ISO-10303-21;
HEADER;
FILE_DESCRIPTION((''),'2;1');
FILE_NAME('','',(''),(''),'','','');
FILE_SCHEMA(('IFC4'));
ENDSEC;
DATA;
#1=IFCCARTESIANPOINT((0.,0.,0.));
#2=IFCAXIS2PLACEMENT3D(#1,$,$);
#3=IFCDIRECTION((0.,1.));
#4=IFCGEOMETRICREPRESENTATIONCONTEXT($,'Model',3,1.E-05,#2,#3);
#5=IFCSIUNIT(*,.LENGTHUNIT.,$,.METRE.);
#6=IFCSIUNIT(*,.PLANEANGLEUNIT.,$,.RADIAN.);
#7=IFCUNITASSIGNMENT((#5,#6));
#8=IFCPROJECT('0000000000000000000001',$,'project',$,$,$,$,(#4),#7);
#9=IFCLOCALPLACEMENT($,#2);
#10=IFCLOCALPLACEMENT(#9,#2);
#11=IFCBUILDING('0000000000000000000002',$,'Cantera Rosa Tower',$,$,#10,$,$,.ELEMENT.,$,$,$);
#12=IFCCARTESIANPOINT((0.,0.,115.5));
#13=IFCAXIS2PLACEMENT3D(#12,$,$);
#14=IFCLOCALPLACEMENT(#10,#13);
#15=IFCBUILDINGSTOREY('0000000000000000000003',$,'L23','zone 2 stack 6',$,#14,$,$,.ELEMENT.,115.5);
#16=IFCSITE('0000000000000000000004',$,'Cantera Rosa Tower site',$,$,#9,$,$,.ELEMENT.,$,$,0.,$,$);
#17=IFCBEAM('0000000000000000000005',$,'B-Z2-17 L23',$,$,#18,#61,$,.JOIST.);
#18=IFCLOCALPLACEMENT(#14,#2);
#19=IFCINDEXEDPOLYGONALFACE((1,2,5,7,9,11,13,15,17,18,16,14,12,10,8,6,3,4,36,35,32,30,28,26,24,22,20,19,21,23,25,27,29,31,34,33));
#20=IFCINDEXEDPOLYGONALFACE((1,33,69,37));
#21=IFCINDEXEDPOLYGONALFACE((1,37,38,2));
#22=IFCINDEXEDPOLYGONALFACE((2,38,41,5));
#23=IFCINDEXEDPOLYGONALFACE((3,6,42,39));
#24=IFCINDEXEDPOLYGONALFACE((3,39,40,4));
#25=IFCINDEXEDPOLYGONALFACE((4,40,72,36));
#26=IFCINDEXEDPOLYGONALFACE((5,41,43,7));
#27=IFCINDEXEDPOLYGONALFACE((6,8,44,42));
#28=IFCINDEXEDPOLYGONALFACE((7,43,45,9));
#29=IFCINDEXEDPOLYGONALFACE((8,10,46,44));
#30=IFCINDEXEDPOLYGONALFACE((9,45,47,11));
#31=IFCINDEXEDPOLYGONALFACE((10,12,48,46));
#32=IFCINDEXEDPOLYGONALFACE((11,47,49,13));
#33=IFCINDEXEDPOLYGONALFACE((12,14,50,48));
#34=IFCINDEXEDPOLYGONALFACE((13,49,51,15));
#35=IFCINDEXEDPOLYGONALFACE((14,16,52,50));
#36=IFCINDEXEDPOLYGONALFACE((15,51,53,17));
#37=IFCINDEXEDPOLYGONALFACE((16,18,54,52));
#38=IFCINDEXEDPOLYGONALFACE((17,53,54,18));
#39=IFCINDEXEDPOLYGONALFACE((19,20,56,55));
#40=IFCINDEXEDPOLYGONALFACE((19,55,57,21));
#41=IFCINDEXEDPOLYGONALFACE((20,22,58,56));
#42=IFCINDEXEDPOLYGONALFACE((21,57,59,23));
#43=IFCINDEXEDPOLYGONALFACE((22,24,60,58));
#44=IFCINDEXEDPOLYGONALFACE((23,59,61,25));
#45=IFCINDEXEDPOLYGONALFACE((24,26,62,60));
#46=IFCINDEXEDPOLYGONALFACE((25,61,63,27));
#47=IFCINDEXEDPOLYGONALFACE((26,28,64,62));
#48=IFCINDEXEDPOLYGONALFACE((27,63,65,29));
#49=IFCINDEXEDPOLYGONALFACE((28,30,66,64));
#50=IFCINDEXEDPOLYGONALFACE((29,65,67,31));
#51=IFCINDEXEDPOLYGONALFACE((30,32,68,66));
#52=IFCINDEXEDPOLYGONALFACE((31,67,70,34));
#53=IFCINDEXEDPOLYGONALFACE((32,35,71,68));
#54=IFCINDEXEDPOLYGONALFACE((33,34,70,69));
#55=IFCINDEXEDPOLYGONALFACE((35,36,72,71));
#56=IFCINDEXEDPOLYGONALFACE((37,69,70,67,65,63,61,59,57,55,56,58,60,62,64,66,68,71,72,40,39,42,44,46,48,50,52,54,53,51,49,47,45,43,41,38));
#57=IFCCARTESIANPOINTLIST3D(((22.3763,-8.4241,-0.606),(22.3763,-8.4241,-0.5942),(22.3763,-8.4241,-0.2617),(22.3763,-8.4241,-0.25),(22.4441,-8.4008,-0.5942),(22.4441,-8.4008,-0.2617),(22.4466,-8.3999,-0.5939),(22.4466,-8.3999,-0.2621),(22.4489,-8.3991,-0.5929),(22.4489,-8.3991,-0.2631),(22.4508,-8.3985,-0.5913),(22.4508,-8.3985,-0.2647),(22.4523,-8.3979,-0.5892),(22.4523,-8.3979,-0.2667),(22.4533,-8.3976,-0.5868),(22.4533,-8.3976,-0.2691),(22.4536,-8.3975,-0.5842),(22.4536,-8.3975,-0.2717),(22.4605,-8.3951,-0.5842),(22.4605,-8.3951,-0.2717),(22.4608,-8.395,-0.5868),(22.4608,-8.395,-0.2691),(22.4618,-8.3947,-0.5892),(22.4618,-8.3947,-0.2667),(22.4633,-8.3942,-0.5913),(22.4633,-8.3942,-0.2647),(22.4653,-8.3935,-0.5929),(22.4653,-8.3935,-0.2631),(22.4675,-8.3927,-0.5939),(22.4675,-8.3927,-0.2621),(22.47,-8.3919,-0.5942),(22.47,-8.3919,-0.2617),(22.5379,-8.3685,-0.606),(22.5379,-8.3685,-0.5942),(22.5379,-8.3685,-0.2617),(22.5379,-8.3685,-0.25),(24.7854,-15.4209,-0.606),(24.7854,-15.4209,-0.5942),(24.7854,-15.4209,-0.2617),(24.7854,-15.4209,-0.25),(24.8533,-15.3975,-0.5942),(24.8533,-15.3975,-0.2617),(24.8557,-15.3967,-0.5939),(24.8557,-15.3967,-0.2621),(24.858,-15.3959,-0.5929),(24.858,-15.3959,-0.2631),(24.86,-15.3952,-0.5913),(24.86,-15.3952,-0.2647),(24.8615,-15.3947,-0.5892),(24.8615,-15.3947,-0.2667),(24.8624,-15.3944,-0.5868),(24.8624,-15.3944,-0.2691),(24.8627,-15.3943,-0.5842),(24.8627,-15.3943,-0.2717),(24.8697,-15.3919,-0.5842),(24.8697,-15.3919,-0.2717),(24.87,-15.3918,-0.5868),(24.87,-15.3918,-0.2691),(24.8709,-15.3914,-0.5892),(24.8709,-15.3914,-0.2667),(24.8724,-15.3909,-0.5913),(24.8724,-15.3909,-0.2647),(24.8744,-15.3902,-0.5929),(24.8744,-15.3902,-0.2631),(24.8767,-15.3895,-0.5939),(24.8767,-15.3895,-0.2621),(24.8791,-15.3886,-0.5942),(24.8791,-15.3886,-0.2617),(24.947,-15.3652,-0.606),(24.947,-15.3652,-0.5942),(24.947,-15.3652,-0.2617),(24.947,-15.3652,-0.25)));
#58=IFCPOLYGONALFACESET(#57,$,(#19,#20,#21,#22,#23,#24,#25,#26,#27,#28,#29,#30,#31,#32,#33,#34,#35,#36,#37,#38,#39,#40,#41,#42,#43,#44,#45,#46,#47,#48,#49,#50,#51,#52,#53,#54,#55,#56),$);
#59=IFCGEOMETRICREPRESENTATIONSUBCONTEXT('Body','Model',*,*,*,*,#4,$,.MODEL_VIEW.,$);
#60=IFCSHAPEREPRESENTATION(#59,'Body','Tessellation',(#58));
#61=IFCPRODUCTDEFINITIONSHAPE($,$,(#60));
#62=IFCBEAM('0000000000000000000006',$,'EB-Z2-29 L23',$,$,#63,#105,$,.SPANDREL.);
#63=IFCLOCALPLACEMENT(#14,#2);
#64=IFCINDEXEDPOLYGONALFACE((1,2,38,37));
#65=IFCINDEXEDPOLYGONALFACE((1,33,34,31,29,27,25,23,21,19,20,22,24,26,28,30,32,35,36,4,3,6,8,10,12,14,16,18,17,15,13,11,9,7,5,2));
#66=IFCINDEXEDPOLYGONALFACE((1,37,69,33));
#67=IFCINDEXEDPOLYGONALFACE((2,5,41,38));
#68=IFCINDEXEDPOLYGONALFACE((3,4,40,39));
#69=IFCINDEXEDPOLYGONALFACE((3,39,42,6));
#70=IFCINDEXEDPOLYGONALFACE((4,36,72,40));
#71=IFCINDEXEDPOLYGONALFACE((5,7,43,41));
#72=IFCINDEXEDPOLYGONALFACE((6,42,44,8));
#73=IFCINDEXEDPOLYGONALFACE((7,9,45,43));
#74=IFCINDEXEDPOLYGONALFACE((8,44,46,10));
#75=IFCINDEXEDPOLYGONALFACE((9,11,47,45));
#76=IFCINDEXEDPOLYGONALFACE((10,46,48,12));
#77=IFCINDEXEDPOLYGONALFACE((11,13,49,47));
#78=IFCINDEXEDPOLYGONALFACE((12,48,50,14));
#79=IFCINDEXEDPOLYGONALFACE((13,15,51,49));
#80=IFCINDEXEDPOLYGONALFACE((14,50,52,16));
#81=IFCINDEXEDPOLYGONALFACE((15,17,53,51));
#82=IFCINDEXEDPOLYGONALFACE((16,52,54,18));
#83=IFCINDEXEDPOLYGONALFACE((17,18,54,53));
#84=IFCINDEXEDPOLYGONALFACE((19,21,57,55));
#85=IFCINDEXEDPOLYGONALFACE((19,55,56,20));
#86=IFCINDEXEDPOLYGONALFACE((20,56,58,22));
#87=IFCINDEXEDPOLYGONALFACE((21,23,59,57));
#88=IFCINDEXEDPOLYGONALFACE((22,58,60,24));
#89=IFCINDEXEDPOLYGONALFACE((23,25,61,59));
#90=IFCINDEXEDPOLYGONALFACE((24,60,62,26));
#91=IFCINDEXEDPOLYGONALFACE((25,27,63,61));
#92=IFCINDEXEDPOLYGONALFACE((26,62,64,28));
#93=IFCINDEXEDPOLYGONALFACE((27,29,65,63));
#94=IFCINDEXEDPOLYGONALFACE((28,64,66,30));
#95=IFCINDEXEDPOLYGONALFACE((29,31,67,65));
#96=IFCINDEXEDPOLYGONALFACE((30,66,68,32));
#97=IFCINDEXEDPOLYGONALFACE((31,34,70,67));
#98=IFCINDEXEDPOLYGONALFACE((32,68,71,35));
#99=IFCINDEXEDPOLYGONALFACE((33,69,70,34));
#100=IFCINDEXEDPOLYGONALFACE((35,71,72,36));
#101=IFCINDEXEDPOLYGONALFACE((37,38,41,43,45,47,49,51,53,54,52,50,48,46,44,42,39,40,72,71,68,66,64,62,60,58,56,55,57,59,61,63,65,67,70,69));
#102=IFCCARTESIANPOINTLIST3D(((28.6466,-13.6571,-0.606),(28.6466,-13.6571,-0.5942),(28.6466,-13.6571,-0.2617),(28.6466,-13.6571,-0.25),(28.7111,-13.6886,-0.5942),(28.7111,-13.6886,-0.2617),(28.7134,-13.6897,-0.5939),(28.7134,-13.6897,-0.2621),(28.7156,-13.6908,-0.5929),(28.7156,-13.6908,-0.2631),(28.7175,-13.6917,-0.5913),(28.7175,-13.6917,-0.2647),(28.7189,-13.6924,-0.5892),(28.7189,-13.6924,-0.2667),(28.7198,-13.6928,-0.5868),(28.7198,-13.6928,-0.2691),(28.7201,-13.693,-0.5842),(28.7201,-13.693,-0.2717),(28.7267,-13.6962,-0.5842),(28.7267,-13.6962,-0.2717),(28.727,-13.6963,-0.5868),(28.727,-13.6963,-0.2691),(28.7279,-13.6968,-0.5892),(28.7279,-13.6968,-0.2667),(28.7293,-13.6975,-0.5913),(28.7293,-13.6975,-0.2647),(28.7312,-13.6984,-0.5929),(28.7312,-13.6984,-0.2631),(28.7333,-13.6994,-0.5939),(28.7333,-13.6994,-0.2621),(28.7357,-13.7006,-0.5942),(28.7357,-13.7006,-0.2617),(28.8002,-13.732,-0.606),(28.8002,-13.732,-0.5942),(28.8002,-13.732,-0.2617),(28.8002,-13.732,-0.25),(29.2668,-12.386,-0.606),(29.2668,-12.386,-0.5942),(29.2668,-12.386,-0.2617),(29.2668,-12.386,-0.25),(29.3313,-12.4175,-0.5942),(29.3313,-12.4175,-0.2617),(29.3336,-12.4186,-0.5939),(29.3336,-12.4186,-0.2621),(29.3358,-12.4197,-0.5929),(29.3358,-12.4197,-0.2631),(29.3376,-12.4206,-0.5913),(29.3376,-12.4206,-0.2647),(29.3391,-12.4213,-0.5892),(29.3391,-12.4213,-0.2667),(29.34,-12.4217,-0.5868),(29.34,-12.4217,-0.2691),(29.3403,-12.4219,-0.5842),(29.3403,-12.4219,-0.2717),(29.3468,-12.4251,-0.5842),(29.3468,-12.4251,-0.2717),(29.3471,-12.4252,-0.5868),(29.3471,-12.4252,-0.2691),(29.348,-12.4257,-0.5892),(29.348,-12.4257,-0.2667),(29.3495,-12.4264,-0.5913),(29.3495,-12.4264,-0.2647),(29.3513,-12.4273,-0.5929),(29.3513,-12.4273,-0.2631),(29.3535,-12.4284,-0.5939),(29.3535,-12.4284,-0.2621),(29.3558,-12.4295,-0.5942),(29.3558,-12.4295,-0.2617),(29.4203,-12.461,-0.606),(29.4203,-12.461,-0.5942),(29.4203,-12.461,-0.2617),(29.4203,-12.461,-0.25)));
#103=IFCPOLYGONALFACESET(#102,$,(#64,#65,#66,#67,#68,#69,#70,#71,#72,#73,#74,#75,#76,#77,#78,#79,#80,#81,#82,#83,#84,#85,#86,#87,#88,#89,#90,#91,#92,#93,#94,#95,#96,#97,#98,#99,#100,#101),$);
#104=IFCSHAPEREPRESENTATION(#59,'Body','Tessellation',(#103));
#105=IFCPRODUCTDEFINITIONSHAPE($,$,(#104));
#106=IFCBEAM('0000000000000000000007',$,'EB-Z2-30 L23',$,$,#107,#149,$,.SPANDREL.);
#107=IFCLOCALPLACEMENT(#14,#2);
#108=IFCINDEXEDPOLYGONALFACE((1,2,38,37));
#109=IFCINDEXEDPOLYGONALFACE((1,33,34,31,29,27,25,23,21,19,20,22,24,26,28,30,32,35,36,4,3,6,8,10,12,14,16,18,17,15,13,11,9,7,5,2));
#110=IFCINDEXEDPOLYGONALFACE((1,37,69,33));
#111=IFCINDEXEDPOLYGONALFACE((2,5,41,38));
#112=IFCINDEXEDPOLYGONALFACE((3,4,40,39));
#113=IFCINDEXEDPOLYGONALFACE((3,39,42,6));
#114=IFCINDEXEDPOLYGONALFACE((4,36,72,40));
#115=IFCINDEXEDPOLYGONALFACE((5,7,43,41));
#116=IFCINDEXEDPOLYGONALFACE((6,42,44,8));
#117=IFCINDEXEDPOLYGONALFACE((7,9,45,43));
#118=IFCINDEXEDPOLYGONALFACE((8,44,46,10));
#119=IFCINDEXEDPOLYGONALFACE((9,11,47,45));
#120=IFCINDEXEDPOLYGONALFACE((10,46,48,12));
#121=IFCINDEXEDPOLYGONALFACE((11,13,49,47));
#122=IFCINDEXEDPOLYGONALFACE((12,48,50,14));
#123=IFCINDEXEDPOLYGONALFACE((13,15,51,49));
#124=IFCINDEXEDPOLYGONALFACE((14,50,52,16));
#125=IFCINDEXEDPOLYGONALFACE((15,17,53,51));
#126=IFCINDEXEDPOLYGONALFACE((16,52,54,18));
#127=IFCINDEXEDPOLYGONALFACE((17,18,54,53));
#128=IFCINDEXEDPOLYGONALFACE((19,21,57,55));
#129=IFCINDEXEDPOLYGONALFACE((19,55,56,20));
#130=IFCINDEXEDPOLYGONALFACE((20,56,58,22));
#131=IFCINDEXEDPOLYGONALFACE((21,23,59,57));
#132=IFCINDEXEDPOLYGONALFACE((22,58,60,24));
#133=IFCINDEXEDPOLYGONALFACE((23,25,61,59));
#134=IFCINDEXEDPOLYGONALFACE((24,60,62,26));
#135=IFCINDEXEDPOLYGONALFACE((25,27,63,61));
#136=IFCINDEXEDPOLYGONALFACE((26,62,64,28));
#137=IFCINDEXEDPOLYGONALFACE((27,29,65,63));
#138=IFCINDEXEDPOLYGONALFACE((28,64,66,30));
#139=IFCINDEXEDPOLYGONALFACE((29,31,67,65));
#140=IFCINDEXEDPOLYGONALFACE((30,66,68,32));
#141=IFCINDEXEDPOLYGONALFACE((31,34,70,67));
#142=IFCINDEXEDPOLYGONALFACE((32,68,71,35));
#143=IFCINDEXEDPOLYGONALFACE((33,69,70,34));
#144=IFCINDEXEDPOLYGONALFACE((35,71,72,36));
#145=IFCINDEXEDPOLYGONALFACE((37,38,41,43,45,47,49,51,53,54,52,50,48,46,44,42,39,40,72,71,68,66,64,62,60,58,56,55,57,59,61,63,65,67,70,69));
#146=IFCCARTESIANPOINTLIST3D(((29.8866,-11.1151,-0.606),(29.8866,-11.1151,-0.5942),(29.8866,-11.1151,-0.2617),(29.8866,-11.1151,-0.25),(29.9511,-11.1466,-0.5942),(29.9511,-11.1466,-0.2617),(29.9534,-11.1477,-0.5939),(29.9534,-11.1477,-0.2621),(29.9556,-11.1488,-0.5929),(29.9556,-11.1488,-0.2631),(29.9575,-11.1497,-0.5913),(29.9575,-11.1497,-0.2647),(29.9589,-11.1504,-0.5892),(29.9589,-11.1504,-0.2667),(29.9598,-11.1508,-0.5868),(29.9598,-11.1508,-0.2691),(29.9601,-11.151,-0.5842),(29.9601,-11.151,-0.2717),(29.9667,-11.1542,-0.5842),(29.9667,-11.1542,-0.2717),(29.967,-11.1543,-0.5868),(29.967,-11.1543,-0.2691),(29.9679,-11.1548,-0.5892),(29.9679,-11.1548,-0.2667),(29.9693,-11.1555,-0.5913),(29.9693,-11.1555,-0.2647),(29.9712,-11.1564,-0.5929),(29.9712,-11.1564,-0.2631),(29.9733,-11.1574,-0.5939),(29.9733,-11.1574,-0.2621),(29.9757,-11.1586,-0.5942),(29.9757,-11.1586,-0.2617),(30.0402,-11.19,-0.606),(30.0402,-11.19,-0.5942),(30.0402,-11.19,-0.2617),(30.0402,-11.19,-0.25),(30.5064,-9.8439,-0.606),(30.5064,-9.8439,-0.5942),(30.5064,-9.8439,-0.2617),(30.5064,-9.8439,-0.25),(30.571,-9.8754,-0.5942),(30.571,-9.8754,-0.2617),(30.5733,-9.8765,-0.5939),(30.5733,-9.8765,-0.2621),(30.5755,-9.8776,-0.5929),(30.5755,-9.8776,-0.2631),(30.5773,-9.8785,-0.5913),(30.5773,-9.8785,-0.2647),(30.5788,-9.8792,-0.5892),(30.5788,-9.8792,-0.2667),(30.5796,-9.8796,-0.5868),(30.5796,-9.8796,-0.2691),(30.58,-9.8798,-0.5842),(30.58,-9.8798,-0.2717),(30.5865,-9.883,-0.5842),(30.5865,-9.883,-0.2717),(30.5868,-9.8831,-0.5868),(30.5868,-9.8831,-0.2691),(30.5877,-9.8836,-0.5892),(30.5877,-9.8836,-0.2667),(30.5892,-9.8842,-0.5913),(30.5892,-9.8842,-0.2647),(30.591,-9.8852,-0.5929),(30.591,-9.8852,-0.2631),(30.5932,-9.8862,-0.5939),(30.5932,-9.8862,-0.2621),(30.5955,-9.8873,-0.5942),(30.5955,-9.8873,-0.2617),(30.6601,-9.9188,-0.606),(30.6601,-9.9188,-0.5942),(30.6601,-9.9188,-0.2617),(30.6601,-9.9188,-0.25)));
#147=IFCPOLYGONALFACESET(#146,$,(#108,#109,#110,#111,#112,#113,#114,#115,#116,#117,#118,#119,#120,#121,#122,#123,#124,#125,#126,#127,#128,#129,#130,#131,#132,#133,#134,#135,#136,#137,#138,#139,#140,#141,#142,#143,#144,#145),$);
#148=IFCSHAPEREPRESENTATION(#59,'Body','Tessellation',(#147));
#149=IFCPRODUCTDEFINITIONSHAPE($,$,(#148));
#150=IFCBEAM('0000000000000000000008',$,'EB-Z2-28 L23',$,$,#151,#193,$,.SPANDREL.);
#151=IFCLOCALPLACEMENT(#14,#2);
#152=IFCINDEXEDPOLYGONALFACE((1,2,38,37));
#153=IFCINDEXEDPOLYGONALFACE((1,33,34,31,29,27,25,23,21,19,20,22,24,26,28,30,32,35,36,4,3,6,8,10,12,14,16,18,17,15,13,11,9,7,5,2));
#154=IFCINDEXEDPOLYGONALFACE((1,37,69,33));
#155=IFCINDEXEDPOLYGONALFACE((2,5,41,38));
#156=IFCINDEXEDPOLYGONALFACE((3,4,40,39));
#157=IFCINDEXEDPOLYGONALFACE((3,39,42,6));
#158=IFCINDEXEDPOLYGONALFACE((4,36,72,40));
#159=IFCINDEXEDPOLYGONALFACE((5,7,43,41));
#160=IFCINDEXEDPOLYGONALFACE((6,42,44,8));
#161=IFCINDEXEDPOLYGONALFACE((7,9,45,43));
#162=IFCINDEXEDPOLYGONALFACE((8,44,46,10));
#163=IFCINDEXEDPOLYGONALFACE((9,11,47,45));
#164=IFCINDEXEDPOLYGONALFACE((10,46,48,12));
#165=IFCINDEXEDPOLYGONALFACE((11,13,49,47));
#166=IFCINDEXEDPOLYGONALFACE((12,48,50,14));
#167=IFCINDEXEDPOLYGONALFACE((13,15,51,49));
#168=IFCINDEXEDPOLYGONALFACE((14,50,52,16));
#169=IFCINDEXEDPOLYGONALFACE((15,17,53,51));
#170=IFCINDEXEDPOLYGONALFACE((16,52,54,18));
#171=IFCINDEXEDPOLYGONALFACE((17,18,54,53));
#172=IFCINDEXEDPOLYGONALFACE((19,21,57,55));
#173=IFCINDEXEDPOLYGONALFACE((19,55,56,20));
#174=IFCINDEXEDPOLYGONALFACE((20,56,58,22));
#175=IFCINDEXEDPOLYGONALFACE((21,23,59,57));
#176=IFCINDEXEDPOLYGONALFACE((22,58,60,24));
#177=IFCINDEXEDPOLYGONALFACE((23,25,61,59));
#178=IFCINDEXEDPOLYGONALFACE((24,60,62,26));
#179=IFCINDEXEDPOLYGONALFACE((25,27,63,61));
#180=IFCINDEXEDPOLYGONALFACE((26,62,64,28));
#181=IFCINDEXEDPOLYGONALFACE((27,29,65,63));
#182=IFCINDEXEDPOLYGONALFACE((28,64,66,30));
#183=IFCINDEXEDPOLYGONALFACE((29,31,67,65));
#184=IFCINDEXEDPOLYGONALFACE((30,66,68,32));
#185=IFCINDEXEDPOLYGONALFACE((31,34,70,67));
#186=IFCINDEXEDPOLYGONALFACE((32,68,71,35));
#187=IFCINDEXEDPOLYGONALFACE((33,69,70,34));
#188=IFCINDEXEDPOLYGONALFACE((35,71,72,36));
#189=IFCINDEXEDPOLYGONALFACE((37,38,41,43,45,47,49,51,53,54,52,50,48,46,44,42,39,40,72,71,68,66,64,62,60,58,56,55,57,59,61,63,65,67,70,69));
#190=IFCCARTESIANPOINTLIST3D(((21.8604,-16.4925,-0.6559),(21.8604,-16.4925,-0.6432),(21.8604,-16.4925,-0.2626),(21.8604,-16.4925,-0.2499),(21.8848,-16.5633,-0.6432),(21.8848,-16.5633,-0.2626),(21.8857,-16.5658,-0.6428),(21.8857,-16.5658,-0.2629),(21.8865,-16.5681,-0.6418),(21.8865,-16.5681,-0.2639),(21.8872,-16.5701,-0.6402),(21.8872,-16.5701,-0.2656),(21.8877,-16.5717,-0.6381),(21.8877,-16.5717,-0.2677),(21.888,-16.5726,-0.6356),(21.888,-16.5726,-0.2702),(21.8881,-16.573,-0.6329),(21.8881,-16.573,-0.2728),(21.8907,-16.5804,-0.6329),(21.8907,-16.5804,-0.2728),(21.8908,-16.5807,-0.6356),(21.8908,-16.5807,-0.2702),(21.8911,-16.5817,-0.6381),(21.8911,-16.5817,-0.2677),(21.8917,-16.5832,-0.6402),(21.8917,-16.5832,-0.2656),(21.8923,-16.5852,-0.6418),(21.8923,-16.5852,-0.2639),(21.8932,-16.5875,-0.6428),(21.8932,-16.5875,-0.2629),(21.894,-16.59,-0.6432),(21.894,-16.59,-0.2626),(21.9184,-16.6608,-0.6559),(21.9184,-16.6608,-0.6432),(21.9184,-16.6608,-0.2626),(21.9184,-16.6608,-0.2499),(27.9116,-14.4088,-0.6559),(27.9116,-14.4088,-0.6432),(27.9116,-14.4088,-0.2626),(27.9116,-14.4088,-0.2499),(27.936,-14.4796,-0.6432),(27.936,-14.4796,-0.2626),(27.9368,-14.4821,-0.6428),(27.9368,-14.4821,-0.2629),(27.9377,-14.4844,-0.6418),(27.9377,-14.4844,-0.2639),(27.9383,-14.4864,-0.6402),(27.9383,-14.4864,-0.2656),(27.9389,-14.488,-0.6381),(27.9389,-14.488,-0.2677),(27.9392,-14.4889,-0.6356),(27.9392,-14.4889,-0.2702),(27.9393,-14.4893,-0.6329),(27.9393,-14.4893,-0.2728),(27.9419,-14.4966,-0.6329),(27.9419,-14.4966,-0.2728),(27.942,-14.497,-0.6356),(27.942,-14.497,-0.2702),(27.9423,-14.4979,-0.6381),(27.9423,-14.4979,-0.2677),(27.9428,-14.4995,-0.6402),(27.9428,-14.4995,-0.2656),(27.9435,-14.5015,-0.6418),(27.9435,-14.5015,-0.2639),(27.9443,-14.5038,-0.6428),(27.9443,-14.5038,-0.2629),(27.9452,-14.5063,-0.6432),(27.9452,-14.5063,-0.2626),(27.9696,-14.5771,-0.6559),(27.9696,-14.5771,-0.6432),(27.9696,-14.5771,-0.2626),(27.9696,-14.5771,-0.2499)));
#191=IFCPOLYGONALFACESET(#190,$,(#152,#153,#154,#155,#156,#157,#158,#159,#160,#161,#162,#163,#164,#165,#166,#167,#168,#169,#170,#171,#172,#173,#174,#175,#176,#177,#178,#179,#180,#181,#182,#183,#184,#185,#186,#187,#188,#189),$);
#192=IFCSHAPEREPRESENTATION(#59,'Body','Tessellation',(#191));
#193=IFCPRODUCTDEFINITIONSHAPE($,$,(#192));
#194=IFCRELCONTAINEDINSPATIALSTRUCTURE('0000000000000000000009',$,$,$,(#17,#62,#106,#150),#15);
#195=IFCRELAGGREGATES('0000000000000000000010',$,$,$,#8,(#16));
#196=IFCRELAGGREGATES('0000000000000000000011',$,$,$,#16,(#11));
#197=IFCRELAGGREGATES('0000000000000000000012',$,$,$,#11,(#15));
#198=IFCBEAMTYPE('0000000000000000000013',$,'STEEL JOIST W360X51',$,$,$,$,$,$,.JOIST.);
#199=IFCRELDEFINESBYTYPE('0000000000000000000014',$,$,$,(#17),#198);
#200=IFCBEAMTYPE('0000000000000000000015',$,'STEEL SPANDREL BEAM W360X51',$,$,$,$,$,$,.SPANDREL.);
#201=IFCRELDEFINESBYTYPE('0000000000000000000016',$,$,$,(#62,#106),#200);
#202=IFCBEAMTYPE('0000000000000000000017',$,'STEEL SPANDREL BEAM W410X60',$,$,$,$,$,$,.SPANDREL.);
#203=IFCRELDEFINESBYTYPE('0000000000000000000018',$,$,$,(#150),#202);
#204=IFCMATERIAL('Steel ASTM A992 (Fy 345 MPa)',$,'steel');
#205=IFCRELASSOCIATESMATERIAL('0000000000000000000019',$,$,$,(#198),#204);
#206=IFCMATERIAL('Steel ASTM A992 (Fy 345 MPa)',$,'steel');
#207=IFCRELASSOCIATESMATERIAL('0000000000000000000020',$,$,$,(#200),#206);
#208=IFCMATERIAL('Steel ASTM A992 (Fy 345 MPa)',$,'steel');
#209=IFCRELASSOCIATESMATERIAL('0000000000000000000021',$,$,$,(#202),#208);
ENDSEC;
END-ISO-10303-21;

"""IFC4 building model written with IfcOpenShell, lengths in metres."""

from ifc_helpers import new_model, si_unit, direction, frame, origin, origin_2d, place, context, subcontext, project, spatial, i_section, extrude, material, material_profile, profile_set, type_object, element, save


model = new_model("IFC4")

# Units and contexts
model_context = context("Model", 3, precision=1e-05, world=origin(), true_north=direction((0.0, 1.0)))
body_context = subcontext(model_context, "Body", "Model", "MODEL_VIEW")
ifc_project = project(units=[si_unit("LENGTHUNIT", "METRE"), si_unit("PLANEANGLEUNIT", "RADIAN")], contexts=[model_context])

# Site, building, storey
site_placement = place(None, origin())
site = spatial("IfcSite", under=ifc_project, at=site_placement, Name="Cantera Rosa Tower site", CompositionType="ELEMENT", RefElevation=0.0)
building_placement = place(site_placement, origin())
building = spatial("IfcBuilding", under=site, at=building_placement, Name="Cantera Rosa Tower", CompositionType="ELEMENT")
storey_placement = place(building_placement, frame((0.0, 0.0, 115.5)))
storey = spatial("IfcBuildingStorey", under=building, at=storey_placement, Name="L23", Description="zone 2 stack 6", CompositionType="ELEMENT", Elevation=115.5)

# Beams
ifc_material_1 = material(Name="Steel ASTM A992 (Fy 345 MPa)", Category="steel")
ifc_material_profile_1 = material_profile(ifc_material_1, i_section(OverallWidth=0.1709, OverallDepth=0.356, WebThickness=0.0073, FlangeThickness=0.0117, FilletRadius=0.01, at=origin_2d()), Name="W360X51")
ifc_profile_set_1 = profile_set([ifc_material_profile_1], Name="Steel ASTM A992 (Fy 345 MPa)")
beam_type_1 = type_object("IfcBeamType", Name="STEEL JOIST W360X51", PredefinedType="JOIST", material=ifc_profile_set_1)
beam_1_placement = place(storey_placement, frame((24.8662, -15.3931, -0.428), z_axis=(-0.325566, 0.945519, 0.0), x_axis=(-0.945519, -0.325566, 0.0)))
element("IfcBeam", 1, at=beam_1_placement, inside=storey, type_object=beam_type_1, Name="B-Z2-17 L23", PredefinedType="JOIST", context=body_context, shape_type="SweptSolid", body=[
    extrude(i_section(OverallWidth=0.1709, OverallDepth=0.356, WebThickness=0.0073, FlangeThickness=0.0117, FilletRadius=0.01, at=origin_2d()), origin(), (0.0, 0.0, 1.0), 7.3999),
])
ifc_material_2 = material(Name="Steel ASTM A992 (Fy 345 MPa)", Category="steel")
ifc_material_profile_2 = material_profile(ifc_material_2, i_section(OverallWidth=0.1709, OverallDepth=0.356, WebThickness=0.0073, FlangeThickness=0.0117, FilletRadius=0.01, at=origin_2d()), Name="W360X51")
ifc_profile_set_2 = profile_set([ifc_material_profile_2], Name="Steel ASTM A992 (Fy 345 MPa)")
beam_type_2 = type_object("IfcBeamType", Name="STEEL SPANDREL BEAM W360X51", PredefinedType="SPANDREL", material=ifc_profile_set_2)
for number, where, z_axis, x_axis, name in (
    (2, (28.7234, -13.6946, -0.428), (0.438492, 0.898735, 0.0), (-0.898735, 0.438492, 0.0), "EB-Z2-29 L23"),
    (3, (29.9634, -11.1526, -0.428), (0.438284, 0.898836, 0.0), (-0.898836, 0.438284, 0.0), "EB-Z2-30 L23"),
):
    element("IfcBeam", number, at=place(storey_placement, frame(where, z_axis=z_axis, x_axis=x_axis)), inside=storey, type_object=beam_type_2, Name=name, PredefinedType="SPANDREL", context=body_context, shape_type="SweptSolid", body=[
        extrude(i_section(OverallWidth=0.1709, OverallDepth=0.356, WebThickness=0.0073, FlangeThickness=0.0117, FilletRadius=0.01, at=origin_2d()), origin(), (0.0, 0.0, 1.0), 1.4143),
    ])
ifc_material_3 = material(Name="Steel ASTM A992 (Fy 345 MPa)", Category="steel")
ifc_material_profile_3 = material_profile(ifc_material_3, i_section(OverallWidth=0.178, OverallDepth=0.406, WebThickness=0.0078, FlangeThickness=0.0127, FilletRadius=0.0103, at=origin_2d()), Name="W410X60")
ifc_profile_set_3 = profile_set([ifc_material_profile_3], Name="Steel ASTM A992 (Fy 345 MPa)")
beam_type_3 = type_object("IfcBeamType", Name="STEEL SPANDREL BEAM W410X60", PredefinedType="SPANDREL", material=ifc_profile_set_3)
beam_2_placement = place(storey_placement, frame((21.8894, -16.5767, -0.4529), z_axis=(0.945513, 0.325585, 0.0), x_axis=(-0.325585, 0.945513, 0.0)))
element("IfcBeam", 4, at=beam_2_placement, inside=storey, type_object=beam_type_3, Name="EB-Z2-28 L23", PredefinedType="SPANDREL", context=body_context, shape_type="SweptSolid", body=[
    extrude(i_section(OverallWidth=0.178, OverallDepth=0.406, WebThickness=0.0078, FlangeThickness=0.0127, FilletRadius=0.0103, at=origin_2d()), origin(), (0.0, 0.0, 1.0), 6.3999),
])

save(model, "model.ifc")
